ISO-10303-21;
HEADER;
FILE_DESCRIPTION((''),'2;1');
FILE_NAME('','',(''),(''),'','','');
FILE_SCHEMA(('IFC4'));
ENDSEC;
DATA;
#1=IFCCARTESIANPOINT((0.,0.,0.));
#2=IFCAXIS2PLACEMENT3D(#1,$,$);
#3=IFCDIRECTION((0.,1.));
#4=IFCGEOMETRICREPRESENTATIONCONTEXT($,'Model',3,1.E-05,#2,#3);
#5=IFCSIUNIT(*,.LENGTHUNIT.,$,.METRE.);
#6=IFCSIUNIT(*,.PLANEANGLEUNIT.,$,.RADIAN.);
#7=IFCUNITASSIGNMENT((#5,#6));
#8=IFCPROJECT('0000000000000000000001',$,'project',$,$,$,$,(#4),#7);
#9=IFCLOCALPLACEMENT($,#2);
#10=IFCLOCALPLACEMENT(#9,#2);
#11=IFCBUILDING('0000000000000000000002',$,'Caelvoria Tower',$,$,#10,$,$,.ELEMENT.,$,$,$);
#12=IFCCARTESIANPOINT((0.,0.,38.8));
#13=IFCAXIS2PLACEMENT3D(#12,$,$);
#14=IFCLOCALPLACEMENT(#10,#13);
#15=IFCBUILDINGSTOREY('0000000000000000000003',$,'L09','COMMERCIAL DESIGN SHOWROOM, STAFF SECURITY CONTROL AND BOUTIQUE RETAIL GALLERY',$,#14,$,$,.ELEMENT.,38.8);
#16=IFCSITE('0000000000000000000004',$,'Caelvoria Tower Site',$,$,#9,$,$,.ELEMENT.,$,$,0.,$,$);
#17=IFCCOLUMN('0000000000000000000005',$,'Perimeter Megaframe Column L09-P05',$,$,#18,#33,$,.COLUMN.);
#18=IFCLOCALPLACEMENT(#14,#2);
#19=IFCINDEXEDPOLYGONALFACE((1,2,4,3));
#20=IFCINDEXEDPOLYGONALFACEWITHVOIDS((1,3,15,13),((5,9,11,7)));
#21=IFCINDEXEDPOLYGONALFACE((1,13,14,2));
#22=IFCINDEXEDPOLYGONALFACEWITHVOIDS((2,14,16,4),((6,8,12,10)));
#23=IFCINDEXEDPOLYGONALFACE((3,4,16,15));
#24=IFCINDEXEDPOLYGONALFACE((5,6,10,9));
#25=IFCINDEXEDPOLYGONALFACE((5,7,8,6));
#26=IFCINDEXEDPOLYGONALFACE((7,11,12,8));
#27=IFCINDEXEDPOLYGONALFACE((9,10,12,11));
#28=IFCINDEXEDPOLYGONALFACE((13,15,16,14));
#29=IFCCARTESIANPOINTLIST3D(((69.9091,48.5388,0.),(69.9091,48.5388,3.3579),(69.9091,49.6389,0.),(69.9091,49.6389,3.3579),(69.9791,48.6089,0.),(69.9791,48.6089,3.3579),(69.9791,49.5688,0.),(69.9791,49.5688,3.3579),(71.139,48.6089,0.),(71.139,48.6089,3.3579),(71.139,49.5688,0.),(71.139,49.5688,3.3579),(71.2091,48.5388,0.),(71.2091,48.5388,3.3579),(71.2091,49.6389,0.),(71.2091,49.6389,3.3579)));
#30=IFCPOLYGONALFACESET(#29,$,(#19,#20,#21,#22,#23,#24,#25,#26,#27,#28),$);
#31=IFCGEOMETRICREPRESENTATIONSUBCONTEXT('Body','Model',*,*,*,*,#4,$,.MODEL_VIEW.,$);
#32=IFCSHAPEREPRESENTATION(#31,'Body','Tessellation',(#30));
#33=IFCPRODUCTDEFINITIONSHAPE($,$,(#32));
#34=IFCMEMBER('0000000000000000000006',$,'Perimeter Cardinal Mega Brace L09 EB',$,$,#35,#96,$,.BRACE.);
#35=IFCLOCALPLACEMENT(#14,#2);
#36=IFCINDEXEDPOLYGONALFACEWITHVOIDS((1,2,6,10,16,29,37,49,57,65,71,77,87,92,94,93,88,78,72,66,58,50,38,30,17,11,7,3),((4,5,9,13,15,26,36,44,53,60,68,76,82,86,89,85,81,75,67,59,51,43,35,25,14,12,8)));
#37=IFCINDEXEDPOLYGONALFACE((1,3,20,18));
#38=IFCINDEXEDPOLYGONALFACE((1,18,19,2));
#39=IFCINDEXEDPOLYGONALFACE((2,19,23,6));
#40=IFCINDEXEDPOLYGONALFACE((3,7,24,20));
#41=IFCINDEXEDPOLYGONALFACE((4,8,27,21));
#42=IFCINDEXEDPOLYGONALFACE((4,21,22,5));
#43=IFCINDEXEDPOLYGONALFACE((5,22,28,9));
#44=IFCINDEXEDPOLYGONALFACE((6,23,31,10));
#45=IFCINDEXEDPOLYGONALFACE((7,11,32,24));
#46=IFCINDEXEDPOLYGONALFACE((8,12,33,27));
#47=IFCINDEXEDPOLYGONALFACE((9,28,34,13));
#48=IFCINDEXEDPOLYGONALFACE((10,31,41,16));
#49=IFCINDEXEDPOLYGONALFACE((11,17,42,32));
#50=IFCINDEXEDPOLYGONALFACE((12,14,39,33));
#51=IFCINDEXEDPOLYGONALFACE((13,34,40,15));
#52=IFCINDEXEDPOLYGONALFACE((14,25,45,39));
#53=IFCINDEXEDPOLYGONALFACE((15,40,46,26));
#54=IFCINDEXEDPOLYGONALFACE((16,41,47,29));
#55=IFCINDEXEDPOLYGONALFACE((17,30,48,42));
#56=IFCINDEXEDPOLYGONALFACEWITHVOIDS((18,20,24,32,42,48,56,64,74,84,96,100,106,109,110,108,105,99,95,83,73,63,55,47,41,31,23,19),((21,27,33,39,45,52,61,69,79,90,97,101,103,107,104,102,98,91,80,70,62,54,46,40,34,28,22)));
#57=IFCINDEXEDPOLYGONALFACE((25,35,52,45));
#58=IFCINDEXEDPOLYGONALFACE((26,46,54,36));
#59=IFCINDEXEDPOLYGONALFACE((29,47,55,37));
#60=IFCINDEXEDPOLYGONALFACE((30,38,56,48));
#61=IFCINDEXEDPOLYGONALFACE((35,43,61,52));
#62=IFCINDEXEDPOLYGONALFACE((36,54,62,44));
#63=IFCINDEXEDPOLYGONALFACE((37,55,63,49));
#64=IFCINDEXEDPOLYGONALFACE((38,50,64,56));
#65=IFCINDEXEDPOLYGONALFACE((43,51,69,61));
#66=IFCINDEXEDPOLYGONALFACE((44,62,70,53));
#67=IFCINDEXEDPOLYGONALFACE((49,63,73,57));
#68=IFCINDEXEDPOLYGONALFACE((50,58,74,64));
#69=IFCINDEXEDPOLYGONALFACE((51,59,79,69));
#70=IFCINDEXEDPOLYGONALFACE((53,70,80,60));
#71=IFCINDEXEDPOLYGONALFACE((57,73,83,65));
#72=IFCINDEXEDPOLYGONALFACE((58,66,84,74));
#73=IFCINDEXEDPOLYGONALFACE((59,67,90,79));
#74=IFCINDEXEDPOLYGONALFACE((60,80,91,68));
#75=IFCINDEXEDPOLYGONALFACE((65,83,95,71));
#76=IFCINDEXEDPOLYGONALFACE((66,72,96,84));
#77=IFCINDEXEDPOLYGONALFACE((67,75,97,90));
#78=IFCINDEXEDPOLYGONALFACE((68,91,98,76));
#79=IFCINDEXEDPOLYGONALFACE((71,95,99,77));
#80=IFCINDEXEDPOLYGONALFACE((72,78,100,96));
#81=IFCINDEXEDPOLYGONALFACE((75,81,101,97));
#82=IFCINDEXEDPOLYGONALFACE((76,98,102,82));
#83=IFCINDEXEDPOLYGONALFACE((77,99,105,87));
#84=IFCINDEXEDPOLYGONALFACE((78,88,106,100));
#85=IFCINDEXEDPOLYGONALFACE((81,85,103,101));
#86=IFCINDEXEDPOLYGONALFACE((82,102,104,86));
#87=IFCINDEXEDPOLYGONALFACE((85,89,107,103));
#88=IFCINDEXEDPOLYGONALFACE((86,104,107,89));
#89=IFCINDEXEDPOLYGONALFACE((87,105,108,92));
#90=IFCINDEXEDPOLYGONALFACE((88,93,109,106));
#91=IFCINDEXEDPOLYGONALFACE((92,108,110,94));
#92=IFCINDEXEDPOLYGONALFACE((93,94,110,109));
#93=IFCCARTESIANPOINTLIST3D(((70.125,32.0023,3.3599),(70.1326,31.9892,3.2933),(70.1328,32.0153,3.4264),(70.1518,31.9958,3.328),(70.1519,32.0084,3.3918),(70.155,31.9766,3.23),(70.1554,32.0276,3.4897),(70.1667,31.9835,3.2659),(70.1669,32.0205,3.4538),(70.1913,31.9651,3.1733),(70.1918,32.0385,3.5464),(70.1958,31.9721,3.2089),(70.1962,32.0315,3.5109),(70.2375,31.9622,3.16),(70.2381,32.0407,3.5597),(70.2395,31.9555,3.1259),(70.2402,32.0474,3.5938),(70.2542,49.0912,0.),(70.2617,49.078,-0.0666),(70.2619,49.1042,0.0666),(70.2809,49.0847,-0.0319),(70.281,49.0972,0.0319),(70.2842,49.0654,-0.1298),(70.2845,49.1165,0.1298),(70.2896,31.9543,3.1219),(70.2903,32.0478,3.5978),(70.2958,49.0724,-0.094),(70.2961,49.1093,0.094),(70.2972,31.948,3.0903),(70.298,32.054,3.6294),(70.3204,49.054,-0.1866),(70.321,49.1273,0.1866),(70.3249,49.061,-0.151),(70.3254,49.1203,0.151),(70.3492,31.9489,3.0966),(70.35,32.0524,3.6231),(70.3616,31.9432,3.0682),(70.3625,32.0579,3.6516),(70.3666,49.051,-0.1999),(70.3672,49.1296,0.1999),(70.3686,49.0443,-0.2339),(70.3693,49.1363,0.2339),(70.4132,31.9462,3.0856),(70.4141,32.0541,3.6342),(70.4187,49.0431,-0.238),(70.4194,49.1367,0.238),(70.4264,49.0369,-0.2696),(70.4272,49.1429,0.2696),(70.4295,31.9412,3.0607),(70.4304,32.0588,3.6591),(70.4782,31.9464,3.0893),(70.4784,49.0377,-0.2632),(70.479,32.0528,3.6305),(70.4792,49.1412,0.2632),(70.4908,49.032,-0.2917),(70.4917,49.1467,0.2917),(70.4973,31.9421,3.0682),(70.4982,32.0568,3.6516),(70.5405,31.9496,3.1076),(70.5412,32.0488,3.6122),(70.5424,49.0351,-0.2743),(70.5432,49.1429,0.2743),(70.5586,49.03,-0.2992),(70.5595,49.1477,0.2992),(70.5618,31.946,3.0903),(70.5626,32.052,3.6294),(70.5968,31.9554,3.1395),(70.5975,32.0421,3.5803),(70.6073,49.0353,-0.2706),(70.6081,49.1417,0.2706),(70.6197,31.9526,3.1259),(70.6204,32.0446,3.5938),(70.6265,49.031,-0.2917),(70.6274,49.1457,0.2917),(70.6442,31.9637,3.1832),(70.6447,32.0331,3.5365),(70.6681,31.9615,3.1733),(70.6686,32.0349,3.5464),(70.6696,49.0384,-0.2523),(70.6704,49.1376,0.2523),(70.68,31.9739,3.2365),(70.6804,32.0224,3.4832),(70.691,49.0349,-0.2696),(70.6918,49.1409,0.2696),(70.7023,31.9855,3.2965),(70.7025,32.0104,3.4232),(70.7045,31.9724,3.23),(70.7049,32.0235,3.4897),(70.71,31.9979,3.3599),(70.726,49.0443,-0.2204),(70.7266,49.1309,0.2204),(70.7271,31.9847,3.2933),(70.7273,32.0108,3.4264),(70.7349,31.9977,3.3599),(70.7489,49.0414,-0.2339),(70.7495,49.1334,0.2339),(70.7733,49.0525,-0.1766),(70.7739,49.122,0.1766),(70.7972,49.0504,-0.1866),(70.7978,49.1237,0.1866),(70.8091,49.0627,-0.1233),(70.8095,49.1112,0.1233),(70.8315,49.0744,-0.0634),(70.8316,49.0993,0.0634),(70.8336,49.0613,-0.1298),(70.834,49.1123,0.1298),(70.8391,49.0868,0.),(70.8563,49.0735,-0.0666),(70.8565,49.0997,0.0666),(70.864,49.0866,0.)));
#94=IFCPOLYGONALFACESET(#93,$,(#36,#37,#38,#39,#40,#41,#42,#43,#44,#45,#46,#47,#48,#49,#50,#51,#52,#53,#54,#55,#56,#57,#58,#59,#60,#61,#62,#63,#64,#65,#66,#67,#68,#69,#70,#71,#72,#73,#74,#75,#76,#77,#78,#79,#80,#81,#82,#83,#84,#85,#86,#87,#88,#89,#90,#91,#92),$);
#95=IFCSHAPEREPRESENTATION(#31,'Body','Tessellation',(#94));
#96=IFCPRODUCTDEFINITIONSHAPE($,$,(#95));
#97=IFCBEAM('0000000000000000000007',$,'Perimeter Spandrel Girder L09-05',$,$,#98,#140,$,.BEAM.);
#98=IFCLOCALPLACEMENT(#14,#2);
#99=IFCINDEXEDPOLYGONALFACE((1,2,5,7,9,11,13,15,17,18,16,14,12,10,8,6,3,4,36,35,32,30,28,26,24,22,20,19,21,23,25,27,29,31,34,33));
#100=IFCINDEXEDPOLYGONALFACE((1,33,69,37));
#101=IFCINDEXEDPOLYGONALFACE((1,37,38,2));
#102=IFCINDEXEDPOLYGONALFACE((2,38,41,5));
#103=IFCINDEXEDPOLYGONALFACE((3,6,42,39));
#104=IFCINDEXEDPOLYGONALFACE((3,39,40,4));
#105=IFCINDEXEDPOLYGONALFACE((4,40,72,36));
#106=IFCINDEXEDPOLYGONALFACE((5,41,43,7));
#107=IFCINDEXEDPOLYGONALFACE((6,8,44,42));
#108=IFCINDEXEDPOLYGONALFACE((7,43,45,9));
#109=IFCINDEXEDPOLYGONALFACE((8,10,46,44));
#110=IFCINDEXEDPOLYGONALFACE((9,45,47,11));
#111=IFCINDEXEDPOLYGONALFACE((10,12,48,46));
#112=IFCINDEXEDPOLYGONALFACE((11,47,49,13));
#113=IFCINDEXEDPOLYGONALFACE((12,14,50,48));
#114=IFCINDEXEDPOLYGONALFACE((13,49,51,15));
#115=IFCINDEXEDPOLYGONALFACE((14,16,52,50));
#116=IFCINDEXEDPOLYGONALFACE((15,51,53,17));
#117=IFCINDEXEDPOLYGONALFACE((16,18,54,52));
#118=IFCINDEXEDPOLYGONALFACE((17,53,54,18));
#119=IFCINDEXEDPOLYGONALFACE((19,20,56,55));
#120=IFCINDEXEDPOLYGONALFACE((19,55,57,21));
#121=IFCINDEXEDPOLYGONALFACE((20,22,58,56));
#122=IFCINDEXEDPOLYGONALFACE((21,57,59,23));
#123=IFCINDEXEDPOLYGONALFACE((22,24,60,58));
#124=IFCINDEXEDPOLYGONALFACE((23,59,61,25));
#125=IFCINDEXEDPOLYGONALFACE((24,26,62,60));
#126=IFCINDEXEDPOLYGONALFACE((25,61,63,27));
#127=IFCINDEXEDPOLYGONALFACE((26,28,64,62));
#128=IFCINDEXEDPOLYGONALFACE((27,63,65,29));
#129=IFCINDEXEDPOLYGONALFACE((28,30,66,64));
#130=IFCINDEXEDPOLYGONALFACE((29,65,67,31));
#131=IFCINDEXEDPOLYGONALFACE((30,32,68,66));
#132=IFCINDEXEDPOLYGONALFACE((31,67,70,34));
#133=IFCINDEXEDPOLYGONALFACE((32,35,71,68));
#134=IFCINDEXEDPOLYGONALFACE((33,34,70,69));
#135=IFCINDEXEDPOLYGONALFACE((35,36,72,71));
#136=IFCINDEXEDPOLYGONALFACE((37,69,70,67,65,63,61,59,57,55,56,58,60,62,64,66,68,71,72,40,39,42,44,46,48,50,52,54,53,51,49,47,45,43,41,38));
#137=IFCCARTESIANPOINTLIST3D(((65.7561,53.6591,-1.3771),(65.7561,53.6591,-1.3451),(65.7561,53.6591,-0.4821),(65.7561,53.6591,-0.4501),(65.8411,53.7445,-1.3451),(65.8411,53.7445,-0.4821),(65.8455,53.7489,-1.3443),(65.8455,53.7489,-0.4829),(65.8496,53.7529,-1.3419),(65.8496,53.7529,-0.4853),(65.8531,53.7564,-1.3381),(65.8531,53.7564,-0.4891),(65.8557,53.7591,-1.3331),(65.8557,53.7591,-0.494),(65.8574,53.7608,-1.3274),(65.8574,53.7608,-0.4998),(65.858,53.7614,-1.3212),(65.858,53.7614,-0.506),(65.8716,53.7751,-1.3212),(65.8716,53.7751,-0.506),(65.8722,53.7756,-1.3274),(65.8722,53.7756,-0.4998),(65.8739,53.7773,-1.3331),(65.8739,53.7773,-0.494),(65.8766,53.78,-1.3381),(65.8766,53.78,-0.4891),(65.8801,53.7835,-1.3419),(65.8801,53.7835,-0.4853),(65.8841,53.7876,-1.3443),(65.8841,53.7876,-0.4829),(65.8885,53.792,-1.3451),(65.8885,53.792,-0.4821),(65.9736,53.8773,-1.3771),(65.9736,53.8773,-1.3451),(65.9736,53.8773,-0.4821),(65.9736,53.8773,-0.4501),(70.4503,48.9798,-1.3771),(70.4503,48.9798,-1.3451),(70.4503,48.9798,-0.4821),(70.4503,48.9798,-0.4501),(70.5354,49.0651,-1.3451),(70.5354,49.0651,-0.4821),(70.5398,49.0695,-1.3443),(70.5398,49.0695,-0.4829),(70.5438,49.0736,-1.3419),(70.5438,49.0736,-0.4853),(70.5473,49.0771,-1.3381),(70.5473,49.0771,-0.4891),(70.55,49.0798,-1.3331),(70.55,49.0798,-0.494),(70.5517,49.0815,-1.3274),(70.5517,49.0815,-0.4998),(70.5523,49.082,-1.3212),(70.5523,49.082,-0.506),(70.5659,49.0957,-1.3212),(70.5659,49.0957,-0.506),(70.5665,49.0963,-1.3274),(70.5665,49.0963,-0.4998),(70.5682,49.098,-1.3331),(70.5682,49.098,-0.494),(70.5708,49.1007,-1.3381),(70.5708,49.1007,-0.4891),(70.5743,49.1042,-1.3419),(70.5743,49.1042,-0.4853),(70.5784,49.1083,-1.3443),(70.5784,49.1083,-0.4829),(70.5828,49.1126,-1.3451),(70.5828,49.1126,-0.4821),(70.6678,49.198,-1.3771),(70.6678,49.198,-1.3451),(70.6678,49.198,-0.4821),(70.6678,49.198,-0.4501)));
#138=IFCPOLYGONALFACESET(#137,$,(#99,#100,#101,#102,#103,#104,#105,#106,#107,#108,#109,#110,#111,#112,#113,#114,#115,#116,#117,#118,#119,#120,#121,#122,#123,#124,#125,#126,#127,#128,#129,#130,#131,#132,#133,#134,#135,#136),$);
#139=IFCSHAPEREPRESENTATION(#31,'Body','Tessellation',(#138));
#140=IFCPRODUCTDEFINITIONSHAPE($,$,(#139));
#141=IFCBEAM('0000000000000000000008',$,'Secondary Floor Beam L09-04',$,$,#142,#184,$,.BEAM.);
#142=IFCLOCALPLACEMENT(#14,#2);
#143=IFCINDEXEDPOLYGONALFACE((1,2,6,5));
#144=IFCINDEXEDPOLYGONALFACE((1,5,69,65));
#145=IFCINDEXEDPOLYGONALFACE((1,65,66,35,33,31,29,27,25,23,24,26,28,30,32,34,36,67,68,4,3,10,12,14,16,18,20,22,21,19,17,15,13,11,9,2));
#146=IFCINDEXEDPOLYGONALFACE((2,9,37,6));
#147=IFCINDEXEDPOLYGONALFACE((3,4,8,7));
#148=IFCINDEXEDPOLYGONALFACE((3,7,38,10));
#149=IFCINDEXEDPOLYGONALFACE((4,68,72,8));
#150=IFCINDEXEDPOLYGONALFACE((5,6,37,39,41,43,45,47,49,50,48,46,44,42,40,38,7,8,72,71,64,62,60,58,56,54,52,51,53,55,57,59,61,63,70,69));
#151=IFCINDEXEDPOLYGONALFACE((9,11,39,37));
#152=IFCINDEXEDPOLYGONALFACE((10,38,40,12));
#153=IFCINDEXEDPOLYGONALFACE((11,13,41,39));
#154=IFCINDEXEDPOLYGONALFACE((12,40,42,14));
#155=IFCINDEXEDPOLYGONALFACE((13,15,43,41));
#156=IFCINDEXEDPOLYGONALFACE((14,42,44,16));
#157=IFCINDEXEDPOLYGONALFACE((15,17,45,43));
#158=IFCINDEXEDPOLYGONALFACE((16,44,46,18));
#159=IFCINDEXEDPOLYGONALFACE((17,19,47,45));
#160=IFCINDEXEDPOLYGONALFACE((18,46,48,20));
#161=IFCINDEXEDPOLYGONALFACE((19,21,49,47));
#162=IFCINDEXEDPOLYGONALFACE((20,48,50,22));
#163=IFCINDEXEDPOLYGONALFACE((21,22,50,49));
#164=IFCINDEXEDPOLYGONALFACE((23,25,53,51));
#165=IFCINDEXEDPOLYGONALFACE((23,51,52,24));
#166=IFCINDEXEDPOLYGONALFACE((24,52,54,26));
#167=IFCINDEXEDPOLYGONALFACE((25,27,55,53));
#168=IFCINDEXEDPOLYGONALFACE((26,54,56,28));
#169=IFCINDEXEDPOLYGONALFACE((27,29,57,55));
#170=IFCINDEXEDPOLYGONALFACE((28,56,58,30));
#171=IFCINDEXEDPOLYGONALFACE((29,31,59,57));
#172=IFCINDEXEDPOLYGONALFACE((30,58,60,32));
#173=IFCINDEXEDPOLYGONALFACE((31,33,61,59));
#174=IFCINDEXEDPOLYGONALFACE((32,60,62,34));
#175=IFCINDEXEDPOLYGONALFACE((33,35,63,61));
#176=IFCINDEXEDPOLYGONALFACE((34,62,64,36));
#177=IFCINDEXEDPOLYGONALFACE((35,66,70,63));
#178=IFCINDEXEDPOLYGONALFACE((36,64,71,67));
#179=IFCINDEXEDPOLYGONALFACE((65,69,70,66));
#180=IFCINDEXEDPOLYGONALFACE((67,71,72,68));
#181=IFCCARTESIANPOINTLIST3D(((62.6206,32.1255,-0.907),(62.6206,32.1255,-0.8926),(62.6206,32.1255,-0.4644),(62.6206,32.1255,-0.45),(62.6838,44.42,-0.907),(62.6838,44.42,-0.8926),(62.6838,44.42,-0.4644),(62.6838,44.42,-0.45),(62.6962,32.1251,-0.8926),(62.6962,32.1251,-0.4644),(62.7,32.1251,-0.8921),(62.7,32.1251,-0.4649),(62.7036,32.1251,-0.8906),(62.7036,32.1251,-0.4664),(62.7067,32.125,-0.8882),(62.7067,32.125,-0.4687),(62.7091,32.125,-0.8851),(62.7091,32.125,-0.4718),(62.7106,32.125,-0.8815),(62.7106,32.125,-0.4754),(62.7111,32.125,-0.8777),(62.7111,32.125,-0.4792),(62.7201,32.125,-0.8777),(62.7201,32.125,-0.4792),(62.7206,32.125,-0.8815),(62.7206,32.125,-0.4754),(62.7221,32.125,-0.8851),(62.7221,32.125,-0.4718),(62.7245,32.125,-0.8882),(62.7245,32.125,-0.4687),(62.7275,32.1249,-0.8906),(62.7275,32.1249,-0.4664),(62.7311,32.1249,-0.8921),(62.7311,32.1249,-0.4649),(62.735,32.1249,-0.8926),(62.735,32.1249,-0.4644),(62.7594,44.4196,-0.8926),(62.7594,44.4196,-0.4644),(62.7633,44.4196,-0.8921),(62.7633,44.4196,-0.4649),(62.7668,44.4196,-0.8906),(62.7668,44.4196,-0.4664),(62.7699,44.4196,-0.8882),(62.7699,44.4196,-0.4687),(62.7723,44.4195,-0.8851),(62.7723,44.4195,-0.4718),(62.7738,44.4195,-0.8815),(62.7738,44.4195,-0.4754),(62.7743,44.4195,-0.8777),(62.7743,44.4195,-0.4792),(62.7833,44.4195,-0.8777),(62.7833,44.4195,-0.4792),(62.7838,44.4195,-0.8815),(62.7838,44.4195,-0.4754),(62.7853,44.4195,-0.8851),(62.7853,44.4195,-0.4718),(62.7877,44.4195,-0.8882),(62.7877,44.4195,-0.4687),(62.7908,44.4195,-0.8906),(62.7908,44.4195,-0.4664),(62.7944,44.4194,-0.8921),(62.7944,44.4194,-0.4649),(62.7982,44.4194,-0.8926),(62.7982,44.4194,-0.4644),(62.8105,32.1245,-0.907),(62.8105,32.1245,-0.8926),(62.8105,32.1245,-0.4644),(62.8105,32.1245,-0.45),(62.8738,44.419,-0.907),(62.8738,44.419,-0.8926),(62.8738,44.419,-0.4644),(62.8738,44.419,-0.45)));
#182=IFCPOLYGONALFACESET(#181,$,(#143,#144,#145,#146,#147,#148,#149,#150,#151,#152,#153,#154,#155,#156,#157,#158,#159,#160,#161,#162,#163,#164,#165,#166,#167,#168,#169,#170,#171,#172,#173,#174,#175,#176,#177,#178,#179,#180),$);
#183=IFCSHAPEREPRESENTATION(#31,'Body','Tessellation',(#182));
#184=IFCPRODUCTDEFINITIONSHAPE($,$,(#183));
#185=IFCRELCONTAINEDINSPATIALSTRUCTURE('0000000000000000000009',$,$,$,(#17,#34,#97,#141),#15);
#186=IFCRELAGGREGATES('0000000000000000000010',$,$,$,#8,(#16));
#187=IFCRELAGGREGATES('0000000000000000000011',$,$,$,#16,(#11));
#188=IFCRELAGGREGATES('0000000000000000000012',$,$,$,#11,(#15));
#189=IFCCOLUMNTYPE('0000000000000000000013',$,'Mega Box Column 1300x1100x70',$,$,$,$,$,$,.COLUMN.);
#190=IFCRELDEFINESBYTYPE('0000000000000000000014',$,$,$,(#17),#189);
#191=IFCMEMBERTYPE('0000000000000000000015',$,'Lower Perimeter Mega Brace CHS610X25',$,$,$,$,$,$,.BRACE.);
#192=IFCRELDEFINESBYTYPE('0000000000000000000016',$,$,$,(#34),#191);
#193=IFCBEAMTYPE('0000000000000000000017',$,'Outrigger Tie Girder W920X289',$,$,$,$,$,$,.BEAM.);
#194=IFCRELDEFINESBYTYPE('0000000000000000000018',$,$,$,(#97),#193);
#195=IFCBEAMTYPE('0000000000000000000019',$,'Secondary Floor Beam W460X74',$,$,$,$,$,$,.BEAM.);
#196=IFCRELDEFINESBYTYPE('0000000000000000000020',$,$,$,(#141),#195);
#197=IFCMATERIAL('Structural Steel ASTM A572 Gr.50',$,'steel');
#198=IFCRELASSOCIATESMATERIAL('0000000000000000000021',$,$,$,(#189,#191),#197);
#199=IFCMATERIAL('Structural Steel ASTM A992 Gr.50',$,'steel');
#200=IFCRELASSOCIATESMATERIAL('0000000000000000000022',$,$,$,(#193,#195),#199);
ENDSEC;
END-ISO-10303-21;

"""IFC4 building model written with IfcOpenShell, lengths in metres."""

from ifc_helpers import new_model, si_unit, direction, frame, origin, origin_2d, place, context, subcontext, project, spatial, hollow_rectangle, hollow_circle, i_section, extrude, material, material_profile, profile_set, type_object, element, save


model = new_model("IFC4")

# Units and contexts
model_context = context("Model", 3, precision=1e-05, world=origin(), true_north=direction((0.0, 1.0)))
body_context = subcontext(model_context, "Body", "Model", "MODEL_VIEW")
ifc_project = project(units=[si_unit("LENGTHUNIT", "METRE"), si_unit("PLANEANGLEUNIT", "RADIAN")], contexts=[model_context])

# Site, building, storey
site_placement = place(None, origin())
site = spatial("IfcSite", under=ifc_project, at=site_placement, Name="Caelvoria Tower Site", CompositionType="ELEMENT", RefElevation=0.0)
building_placement = place(site_placement, origin())
building = spatial("IfcBuilding", under=site, at=building_placement, Name="Caelvoria Tower", CompositionType="ELEMENT")
storey_placement = place(building_placement, frame((0.0, 0.0, 38.8)))
storey = spatial("IfcBuildingStorey", under=building, at=storey_placement, Name="L09", Description="COMMERCIAL DESIGN SHOWROOM, STAFF SECURITY CONTROL AND BOUTIQUE RETAIL GALLERY", CompositionType="ELEMENT", Elevation=38.8)

# Column
ifc_material_1 = material(Name="Structural Steel ASTM A572 Gr.50", Category="steel")
ifc_material_profile_1 = material_profile(ifc_material_1, hollow_rectangle(XDim=1.1001, YDim=1.3, WallThickness=0.0701, at=origin_2d()), Name="Structural Steel ASTM A572 Gr.50")
ifc_profile_set_1 = profile_set([ifc_material_profile_1], Name="BOX1300X1100X70 - Structural Steel ASTM A572 Gr.50")
column_type = type_object("IfcColumnType", Name="Mega Box Column 1300x1100x70", PredefinedType="COLUMN", material=ifc_profile_set_1)
column_placement = place(storey_placement, frame((70.5591, 49.0889, 0.0), z_axis=(0.0, 0.0, 1.0), x_axis=(0.0, 1.0, 0.0)))
element("IfcColumn", 1, at=column_placement, inside=storey, type_object=column_type, Name="Perimeter Megaframe Column L09-P05", PredefinedType="COLUMN", context=body_context, shape_type="SweptSolid", body=[
    extrude(hollow_rectangle(XDim=1.1001, YDim=1.3, WallThickness=0.0701, at=origin_2d()), origin(), (0.0, 0.0, 1.0), 3.3579),
])

# Member
ifc_material_profile_2 = material_profile(ifc_material_1, hollow_circle(Radius=0.3049, WallThickness=0.0249, at=origin_2d()), Name="Structural Steel ASTM A572 Gr.50")
ifc_profile_set_2 = profile_set([ifc_material_profile_2], Name="CHS610X25 - Structural Steel ASTM A572 Gr.50")
member_type = type_object("IfcMemberType", Name="Lower Perimeter Mega Brace CHS610X25", PredefinedType="BRACE", material=ifc_profile_set_2)
member_placement = place(storey_placement, frame((70.5591, 49.0889, 0.0), z_axis=(-0.007415, -0.981188, 0.192913), x_axis=(0.999971, -0.007557, 0.0)))
element("IfcMember", 2, at=member_placement, inside=storey, type_object=member_type, Name="Perimeter Cardinal Mega Brace L09 EB", PredefinedType="BRACE", context=body_context, shape_type="SweptSolid", body=[
    extrude(hollow_circle(Radius=0.3049, WallThickness=0.0249, at=origin_2d()), origin(), (0.0, 0.0, 1.0), 17.4165),
])

# Beams
ifc_material_2 = material(Name="Structural Steel ASTM A992 Gr.50", Category="steel")
ifc_material_profile_3 = material_profile(ifc_material_2, i_section(OverallWidth=0.3081, OverallDepth=0.927, WebThickness=0.0193, FlangeThickness=0.032, FilletRadius=0.0239, at=origin_2d()), Name="Structural Steel ASTM A992 Gr.50")
ifc_profile_set_3 = profile_set([ifc_material_profile_3], Name="W920X289 - Structural Steel ASTM A992 Gr.50")
beam_type_1 = type_object("IfcBeamType", Name="Outrigger Tie Girder W920X289", PredefinedType="BEAM", material=ifc_profile_set_3)
beam_1_placement = place(storey_placement, frame((70.5591, 49.0889, -0.9136), z_axis=(-0.708229, 0.705982, 0.0), x_axis=(-0.705982, -0.708229, 0.0)))
element("IfcBeam", 3, at=beam_1_placement, inside=storey, type_object=beam_type_1, Name="Perimeter Spandrel Girder L09-05", PredefinedType="BEAM", context=body_context, shape_type="SweptSolid", body=[
    extrude(i_section(OverallWidth=0.3081, OverallDepth=0.927, WebThickness=0.0193, FlangeThickness=0.032, FilletRadius=0.0239, at=origin_2d()), origin(), (0.0, 0.0, 1.0), 6.6282),
])
ifc_material_profile_4 = material_profile(ifc_material_2, i_section(OverallWidth=0.1899, OverallDepth=0.457, WebThickness=0.009, FlangeThickness=0.0144, FilletRadius=0.0149, at=origin_2d()), Name="Structural Steel ASTM A992 Gr.50")
ifc_profile_set_4 = profile_set([ifc_material_profile_4], Name="W460X74 - Structural Steel ASTM A992 Gr.50")
beam_type_2 = type_object("IfcBeamType", Name="Secondary Floor Beam W460X74", PredefinedType="BEAM", material=ifc_profile_set_4)
beam_2_placement = place(storey_placement, frame((62.7156, 32.125, -0.6785), z_axis=(0.005143, 0.999987, 0.0), x_axis=(-0.999987, 0.005143, 0.0)))
element("IfcBeam", 4, at=beam_2_placement, inside=storey, type_object=beam_type_2, Name="Secondary Floor Beam L09-04", PredefinedType="BEAM", context=body_context, shape_type="SweptSolid", body=[
    extrude(i_section(OverallWidth=0.1899, OverallDepth=0.457, WebThickness=0.009, FlangeThickness=0.0144, FilletRadius=0.0149, at=origin_2d()), origin(), (0.0, 0.0, 1.0), 12.2947),
])

save(model, "model.ifc")
